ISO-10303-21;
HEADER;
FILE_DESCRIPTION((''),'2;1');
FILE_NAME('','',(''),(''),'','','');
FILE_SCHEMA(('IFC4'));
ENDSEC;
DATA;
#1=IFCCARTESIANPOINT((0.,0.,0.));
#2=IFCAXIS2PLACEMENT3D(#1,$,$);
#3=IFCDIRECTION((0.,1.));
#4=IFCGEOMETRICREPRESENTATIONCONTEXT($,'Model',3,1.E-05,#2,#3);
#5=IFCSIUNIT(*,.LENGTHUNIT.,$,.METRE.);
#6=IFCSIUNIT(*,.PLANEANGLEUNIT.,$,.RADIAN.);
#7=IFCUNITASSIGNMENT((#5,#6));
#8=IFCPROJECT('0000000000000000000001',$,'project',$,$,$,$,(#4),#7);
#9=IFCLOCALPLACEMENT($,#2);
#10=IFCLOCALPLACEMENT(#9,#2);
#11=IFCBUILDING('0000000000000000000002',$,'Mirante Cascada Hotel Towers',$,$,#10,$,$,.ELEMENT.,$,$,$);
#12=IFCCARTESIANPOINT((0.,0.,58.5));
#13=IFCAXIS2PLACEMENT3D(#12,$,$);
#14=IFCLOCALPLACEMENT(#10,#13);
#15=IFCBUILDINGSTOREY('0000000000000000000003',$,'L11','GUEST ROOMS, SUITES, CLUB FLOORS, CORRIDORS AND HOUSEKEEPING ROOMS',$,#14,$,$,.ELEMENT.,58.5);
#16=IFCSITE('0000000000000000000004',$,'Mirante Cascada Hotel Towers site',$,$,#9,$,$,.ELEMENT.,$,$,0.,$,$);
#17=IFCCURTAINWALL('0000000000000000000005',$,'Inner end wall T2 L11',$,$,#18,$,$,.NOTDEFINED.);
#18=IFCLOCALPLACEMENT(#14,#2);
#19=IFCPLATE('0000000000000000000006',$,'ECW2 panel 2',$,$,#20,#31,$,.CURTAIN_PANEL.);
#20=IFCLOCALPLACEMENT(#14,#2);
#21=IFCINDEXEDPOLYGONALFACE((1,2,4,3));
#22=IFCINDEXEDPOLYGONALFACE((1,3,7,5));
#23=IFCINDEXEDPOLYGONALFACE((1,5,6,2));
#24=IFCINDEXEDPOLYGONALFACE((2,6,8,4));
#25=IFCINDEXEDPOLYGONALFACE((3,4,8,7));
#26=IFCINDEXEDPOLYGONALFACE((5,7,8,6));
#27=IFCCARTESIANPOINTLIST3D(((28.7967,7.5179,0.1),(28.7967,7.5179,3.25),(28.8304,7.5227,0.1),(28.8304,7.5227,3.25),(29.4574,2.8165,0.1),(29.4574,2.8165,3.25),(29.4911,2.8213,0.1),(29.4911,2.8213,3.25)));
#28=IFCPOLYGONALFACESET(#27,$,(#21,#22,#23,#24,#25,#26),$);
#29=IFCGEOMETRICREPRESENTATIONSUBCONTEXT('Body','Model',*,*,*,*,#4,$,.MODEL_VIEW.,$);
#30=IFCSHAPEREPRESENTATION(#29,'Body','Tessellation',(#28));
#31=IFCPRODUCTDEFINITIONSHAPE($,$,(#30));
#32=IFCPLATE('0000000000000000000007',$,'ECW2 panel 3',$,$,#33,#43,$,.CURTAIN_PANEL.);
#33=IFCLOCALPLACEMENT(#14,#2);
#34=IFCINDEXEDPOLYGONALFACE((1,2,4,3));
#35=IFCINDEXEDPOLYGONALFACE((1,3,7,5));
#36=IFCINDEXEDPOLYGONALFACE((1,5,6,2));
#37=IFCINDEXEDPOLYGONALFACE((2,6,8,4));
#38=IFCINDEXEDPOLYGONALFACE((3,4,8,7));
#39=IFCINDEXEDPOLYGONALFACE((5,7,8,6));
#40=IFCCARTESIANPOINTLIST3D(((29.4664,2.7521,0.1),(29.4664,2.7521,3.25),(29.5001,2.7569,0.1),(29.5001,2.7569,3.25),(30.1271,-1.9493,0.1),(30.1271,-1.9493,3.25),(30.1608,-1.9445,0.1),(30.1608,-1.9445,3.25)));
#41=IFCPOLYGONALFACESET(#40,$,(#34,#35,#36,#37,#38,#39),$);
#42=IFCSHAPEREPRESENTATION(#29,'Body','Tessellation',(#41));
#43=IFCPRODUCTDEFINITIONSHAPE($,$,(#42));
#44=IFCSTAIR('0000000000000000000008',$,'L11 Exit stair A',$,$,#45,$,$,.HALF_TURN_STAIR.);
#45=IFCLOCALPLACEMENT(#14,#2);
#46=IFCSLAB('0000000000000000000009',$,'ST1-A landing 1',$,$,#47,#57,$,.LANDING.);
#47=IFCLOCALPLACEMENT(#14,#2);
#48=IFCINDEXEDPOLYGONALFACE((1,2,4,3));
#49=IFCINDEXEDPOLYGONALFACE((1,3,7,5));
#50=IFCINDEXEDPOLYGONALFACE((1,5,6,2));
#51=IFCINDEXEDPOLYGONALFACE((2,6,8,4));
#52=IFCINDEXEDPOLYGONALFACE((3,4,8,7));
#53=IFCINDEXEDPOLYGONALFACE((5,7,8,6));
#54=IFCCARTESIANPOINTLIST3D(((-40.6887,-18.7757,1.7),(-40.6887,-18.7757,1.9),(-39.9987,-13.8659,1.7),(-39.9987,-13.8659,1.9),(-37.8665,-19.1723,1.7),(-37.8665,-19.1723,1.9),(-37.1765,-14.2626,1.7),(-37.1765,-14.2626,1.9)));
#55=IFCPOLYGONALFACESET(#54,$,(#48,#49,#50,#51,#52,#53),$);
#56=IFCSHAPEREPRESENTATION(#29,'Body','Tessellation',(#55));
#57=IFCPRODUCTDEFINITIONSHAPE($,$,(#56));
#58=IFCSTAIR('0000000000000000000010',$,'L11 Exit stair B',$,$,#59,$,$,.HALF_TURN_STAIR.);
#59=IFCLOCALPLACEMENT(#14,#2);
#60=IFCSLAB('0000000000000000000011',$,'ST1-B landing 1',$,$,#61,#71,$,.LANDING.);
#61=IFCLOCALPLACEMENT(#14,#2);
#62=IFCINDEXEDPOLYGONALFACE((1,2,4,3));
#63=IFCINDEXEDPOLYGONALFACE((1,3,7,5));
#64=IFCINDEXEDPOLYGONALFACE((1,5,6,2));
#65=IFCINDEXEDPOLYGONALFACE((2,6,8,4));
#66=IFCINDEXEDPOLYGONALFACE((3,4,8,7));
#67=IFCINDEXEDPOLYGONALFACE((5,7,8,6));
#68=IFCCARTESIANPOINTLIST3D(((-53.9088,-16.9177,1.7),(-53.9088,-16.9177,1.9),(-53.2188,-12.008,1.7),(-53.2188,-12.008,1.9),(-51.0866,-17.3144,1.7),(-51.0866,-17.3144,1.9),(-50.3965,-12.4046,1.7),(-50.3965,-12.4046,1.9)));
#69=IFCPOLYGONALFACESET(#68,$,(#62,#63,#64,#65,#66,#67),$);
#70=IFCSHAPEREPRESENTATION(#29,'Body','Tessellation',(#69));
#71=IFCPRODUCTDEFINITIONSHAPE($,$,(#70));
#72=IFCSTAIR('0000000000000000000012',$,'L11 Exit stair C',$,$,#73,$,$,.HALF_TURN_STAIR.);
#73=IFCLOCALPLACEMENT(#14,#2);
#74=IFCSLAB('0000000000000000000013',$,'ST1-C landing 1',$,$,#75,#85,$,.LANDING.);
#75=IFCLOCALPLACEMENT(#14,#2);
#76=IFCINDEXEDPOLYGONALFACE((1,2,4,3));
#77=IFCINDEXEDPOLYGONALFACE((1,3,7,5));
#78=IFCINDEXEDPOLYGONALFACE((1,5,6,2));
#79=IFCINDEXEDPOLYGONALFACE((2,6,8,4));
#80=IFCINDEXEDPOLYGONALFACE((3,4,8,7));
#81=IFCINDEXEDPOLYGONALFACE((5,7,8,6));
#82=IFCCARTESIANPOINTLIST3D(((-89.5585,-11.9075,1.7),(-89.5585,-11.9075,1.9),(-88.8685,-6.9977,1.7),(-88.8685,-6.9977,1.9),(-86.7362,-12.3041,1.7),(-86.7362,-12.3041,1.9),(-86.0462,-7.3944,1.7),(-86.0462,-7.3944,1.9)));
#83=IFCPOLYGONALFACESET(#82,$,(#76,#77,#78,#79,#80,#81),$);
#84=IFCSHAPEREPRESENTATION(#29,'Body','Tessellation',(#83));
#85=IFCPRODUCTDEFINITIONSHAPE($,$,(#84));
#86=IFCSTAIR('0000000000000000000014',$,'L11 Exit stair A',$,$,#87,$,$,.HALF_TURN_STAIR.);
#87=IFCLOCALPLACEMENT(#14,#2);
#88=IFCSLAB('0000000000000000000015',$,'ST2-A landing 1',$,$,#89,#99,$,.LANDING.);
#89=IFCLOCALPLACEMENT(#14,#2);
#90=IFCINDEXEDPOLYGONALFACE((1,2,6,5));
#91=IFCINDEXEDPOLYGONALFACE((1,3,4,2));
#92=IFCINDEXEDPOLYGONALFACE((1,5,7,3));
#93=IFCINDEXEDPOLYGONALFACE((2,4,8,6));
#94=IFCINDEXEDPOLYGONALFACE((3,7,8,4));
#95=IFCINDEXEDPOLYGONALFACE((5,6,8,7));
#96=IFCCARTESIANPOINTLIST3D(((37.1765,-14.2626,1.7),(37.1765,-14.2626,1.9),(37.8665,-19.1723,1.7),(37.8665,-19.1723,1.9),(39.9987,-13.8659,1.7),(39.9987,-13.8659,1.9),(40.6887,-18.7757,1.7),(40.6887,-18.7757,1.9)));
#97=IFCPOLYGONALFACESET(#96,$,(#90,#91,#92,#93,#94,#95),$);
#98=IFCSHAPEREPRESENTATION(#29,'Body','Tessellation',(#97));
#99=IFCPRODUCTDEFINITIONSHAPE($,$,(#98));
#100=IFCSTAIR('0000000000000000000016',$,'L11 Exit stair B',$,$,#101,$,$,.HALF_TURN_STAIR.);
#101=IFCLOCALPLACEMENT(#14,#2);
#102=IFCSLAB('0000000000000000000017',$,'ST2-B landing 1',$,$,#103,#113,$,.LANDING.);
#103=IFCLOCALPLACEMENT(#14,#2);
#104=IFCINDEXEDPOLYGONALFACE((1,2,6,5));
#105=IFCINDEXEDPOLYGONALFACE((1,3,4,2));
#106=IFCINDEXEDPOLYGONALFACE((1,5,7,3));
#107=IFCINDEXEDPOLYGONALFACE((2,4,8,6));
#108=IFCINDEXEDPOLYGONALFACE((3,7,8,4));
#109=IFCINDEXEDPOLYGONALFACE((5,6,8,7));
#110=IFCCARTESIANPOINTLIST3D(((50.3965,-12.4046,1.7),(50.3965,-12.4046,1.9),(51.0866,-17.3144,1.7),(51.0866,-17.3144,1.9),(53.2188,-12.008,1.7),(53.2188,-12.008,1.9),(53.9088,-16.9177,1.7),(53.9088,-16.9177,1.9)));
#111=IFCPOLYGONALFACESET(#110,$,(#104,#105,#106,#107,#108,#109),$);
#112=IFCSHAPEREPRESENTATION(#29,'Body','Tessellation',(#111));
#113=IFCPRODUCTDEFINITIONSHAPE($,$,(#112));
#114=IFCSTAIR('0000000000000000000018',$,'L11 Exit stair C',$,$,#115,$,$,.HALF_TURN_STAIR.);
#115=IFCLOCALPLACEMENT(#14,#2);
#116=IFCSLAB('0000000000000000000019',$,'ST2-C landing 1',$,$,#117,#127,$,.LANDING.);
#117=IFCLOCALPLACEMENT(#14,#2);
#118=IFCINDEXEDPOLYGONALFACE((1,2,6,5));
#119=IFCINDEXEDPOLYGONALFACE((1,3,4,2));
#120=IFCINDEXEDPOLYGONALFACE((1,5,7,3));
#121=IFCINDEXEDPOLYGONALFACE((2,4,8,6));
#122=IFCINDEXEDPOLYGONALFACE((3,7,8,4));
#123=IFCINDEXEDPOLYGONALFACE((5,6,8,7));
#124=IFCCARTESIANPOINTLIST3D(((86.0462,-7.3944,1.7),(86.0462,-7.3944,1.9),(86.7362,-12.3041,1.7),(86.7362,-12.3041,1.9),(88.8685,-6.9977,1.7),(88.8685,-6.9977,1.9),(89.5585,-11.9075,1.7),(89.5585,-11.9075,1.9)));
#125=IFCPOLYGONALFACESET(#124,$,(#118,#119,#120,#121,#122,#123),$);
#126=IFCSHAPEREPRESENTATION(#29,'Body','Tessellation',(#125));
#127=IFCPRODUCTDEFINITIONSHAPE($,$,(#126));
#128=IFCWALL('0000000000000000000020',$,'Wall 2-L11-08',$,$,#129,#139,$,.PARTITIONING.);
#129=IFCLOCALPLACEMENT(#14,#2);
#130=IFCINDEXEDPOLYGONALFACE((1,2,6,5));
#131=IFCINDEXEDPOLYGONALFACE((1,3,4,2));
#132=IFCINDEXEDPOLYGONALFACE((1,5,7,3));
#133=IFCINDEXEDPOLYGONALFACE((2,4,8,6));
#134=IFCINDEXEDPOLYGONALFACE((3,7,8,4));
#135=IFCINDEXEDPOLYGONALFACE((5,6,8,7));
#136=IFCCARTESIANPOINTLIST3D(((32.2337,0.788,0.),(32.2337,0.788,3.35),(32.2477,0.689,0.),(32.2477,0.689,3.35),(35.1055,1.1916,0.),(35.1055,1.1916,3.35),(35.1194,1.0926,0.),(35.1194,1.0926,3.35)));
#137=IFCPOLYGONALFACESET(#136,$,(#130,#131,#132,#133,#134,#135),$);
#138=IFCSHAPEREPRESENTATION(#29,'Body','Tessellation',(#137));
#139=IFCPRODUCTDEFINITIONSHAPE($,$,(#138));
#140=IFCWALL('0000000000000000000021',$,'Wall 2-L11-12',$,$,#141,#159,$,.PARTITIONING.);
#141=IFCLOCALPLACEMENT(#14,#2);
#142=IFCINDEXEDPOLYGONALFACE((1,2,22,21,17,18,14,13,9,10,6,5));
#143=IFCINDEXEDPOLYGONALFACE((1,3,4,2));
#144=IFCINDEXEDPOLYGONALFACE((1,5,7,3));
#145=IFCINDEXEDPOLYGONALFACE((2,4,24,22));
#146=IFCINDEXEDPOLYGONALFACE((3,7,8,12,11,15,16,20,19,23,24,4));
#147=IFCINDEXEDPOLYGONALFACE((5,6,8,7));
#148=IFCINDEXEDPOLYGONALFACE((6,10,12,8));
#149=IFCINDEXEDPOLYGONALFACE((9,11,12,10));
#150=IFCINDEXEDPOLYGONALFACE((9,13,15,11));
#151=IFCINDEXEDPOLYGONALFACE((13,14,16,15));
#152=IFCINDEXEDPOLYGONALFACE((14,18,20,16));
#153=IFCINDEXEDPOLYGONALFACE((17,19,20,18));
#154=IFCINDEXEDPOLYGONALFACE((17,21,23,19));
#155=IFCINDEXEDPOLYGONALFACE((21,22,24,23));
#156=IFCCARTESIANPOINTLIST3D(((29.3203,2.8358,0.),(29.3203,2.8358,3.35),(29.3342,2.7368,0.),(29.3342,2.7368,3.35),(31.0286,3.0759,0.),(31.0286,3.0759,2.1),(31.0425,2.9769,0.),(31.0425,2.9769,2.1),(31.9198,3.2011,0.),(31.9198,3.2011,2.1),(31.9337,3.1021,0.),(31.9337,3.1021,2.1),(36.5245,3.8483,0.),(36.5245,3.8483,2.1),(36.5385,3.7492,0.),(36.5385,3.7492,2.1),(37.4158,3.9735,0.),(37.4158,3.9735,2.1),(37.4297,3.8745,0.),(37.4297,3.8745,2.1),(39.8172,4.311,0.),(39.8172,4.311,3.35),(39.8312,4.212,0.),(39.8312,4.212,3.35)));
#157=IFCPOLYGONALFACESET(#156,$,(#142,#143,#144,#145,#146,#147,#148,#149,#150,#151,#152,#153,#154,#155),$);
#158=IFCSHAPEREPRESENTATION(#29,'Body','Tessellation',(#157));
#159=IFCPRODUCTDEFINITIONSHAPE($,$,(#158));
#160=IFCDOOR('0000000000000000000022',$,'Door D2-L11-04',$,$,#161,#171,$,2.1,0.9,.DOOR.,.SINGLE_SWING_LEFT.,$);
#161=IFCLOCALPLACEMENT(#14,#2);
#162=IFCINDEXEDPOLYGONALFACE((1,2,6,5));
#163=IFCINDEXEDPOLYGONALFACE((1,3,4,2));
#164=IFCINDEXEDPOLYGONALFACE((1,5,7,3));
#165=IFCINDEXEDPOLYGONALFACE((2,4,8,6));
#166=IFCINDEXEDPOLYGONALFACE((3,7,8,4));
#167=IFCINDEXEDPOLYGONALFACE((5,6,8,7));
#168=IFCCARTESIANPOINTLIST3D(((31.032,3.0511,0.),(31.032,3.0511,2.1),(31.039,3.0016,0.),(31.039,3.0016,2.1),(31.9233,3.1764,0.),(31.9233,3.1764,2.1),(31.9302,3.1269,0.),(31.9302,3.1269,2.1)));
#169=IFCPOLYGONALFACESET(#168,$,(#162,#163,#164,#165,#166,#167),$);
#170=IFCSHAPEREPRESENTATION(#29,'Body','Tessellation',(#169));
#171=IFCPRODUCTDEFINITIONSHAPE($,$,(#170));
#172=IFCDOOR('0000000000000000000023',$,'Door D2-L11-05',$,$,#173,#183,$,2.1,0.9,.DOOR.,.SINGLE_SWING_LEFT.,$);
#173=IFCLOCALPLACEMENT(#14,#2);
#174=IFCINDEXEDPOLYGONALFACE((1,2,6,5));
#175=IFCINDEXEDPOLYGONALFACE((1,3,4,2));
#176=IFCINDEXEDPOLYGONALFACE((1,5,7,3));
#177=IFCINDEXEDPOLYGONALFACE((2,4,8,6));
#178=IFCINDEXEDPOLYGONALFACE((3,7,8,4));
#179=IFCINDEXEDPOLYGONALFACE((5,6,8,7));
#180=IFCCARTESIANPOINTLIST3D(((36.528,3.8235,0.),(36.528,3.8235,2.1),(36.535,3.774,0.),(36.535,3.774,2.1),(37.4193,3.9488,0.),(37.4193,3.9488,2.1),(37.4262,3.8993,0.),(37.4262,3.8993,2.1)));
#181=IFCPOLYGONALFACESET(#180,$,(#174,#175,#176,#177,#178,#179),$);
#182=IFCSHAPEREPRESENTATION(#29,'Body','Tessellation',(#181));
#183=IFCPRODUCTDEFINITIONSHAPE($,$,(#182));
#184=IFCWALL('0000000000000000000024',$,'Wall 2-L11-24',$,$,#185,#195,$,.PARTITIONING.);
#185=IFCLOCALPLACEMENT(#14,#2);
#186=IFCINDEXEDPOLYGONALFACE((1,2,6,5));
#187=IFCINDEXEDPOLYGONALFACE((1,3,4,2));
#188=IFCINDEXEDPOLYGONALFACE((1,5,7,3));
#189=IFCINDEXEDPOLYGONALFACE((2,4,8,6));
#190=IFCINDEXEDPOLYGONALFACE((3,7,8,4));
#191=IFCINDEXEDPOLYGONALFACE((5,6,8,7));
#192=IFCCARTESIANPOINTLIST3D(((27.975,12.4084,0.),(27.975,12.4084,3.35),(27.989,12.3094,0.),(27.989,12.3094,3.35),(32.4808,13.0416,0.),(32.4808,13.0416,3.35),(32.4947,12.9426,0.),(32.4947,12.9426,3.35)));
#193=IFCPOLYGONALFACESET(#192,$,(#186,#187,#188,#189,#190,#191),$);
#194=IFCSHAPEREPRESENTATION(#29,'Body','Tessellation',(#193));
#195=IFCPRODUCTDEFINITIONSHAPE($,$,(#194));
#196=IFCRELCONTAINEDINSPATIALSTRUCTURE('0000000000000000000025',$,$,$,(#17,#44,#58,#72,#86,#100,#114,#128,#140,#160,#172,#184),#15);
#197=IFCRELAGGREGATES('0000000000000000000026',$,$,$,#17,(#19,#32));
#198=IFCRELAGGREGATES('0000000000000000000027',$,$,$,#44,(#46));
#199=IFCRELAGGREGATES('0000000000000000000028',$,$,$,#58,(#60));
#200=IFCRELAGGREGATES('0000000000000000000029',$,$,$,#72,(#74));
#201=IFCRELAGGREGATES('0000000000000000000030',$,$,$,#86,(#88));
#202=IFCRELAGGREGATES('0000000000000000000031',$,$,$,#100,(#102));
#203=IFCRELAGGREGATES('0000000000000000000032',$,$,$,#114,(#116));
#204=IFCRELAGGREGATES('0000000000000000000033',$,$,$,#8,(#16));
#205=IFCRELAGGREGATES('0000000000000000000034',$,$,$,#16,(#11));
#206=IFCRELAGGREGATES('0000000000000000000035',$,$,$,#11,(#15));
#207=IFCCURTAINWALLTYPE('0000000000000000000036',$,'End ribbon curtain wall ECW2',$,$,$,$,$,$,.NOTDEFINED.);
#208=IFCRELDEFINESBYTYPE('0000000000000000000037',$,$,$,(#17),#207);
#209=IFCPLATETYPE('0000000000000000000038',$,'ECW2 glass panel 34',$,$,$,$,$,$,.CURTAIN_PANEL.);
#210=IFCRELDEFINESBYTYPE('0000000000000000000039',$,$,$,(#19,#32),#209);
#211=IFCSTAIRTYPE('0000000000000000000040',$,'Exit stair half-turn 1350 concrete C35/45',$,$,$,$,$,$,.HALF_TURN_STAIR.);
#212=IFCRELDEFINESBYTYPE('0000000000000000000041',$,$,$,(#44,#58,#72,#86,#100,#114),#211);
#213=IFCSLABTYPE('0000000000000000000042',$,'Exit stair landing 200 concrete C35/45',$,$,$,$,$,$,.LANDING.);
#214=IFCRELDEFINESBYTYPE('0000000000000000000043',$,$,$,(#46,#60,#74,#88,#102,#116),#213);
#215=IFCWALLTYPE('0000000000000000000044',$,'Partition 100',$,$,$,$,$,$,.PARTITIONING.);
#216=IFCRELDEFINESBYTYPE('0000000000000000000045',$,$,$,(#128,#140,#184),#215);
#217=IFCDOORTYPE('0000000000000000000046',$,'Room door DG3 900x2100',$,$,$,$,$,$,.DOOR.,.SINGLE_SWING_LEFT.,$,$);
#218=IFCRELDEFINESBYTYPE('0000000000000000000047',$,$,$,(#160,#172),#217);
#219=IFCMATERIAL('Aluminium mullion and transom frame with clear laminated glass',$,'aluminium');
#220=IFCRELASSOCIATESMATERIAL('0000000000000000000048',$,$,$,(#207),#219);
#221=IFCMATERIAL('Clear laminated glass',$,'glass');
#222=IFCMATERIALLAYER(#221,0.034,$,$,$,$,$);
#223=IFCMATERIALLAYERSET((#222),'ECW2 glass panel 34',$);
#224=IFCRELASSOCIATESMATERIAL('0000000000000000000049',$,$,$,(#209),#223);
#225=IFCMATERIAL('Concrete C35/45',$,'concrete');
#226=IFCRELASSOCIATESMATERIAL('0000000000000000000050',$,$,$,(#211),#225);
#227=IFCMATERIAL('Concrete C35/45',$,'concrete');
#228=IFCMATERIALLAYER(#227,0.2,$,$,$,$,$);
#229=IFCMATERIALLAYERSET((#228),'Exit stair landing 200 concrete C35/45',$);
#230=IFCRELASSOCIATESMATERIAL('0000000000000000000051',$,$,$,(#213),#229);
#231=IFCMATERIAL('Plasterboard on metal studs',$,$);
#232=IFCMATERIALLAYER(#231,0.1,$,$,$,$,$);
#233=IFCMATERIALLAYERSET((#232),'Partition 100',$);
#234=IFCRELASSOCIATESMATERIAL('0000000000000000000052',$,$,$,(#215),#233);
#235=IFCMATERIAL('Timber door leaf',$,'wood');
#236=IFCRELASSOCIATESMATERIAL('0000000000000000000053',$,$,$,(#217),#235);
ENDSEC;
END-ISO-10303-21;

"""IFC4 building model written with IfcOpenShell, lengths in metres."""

from ifc_helpers import new_model, si_unit, direction, frame, frame_2d, origin, origin_2d, place, context, subcontext, project, spatial, polyline, rectangle, outline, extrude, material, layer, layer_set, type_object, element, fill, aggregate, save


model = new_model("IFC4")

# Units and contexts
model_context = context("Model", 3, precision=1e-05, world=origin(), true_north=direction((0.0, 1.0)))
body_context = subcontext(model_context, "Body", "Model", "MODEL_VIEW")
ifc_project = project(units=[si_unit("LENGTHUNIT", "METRE"), si_unit("PLANEANGLEUNIT", "RADIAN")], contexts=[model_context])

# Site, building, storey
site_placement = place(None, origin())
site = spatial("IfcSite", under=ifc_project, at=site_placement, Name="Mirante Cascada Hotel Towers site", CompositionType="ELEMENT", RefElevation=0.0)
building_placement = place(site_placement, origin())
building = spatial("IfcBuilding", under=site, at=building_placement, Name="Mirante Cascada Hotel Towers", CompositionType="ELEMENT")
storey_placement = place(building_placement, frame((0.0, 0.0, 58.5)))
storey = spatial("IfcBuildingStorey", under=building, at=storey_placement, Name="L11", Description="GUEST ROOMS, SUITES, CLUB FLOORS, CORRIDORS AND HOUSEKEEPING ROOMS", CompositionType="ELEMENT", Elevation=58.5)

# Curtain wall
ifc_material_1 = material(Name="Aluminium mullion and transom frame with clear laminated glass", Category="aluminium")
curtain_wall_type_1 = type_object("IfcCurtainWallType", Name="End ribbon curtain wall ECW2", PredefinedType="NOTDEFINED", material=ifc_material_1)
curtain_wall_1_placement = place(storey_placement, origin())
curtain_wall_1 = element("IfcCurtainWall", 1, at=curtain_wall_1_placement, inside=storey, type_object=curtain_wall_type_1, Name="Inner end wall T2 L11", PredefinedType="NOTDEFINED")

# Plates
ifc_material_2 = material(Name="Clear laminated glass", Category="glass")
ifc_layer_1 = layer(ifc_material_2, 0.034)
ifc_layer_set_1 = layer_set([ifc_layer_1], Name="ECW2 glass panel 34")
plate_type_1 = type_object("IfcPlateType", Name="ECW2 glass panel 34", PredefinedType="CURTAIN_PANEL", material=ifc_layer_set_1)
plate_1_placement = place(storey_placement, frame((29.1439, 5.1696, 0.1), z_axis=(0.0, 0.0, 1.0), x_axis=(0.139173, -0.990268, 0.0)))
plate_1 = element("IfcPlate", 2, at=plate_1_placement, type_object=plate_type_1, Name="ECW2 panel 2", PredefinedType="CURTAIN_PANEL", context=body_context, shape_type="SweptSolid", body=[
    extrude(rectangle(XDim=4.7476, YDim=0.034, at=origin_2d()), origin(), (0.0, 0.0, 1.0), 3.15),
])
plate_2_placement = place(storey_placement, frame((29.8136, 0.4038, 0.1), z_axis=(0.0, 0.0, 1.0), x_axis=(0.139173, -0.990268, 0.0)))
plate_2 = element("IfcPlate", 3, at=plate_2_placement, type_object=plate_type_1, Name="ECW2 panel 3", PredefinedType="CURTAIN_PANEL", context=body_context, shape_type="SweptSolid", body=[
    extrude(rectangle(XDim=4.7476, YDim=0.034, at=origin_2d()), origin(), (0.0, 0.0, 1.0), 3.15),
])
aggregate(curtain_wall_1, [plate_1, plate_2])

# Stairs, slabs
ifc_material_3 = material(Name="Concrete C35/45", Category="concrete")
stair_type = type_object("IfcStairType", Name="Exit stair half-turn 1350 concrete C35/45", PredefinedType="HALF_TURN_STAIR", material=ifc_material_3)
stair_1_placement = place(storey_placement, origin())
stair_1 = element("IfcStair", 4, at=stair_1_placement, inside=storey, type_object=stair_type, Name="L11 Exit stair A", PredefinedType="HALF_TURN_STAIR")
ifc_material_4 = material(Name="Concrete C35/45", Category="concrete")
ifc_layer_2 = layer(ifc_material_4, 0.2)
ifc_layer_set_2 = layer_set([ifc_layer_2], Name="Exit stair landing 200 concrete C35/45")
slab_type = type_object("IfcSlabType", Name="Exit stair landing 200 concrete C35/45", PredefinedType="LANDING", material=ifc_layer_set_2)
slab_1_placement = place(storey_placement, frame((0.0, 0.0, 1.7)))
slab_1 = element("IfcSlab", 5, at=slab_1_placement, type_object=slab_type, Name="ST1-A landing 1", PredefinedType="LANDING", context=body_context, shape_type="SweptSolid", body=[
    extrude(outline(polyline([(-39.9987, -13.8659), (-40.6887, -18.7757), (-37.8665, -19.1723), (-37.1765, -14.2626), (-39.9987, -13.8659)])), origin(), (0.0, 0.0, 1.0), 0.2),
])
aggregate(stair_1, [slab_1])
stair_2_placement = place(storey_placement, origin())
stair_2 = element("IfcStair", 6, at=stair_2_placement, inside=storey, type_object=stair_type, Name="L11 Exit stair B", PredefinedType="HALF_TURN_STAIR")
slab_2_placement = place(storey_placement, frame((0.0, 0.0, 1.7)))
slab_2 = element("IfcSlab", 7, at=slab_2_placement, type_object=slab_type, Name="ST1-B landing 1", PredefinedType="LANDING", context=body_context, shape_type="SweptSolid", body=[
    extrude(outline(polyline([(-53.2188, -12.008), (-53.9088, -16.9177), (-51.0866, -17.3144), (-50.3965, -12.4046), (-53.2188, -12.008)])), origin(), (0.0, 0.0, 1.0), 0.2),
])
aggregate(stair_2, [slab_2])
stair_3_placement = place(storey_placement, origin())
stair_3 = element("IfcStair", 8, at=stair_3_placement, inside=storey, type_object=stair_type, Name="L11 Exit stair C", PredefinedType="HALF_TURN_STAIR")
slab_3_placement = place(storey_placement, frame((0.0, 0.0, 1.7)))
slab_3 = element("IfcSlab", 9, at=slab_3_placement, type_object=slab_type, Name="ST1-C landing 1", PredefinedType="LANDING", context=body_context, shape_type="SweptSolid", body=[
    extrude(outline(polyline([(-88.8685, -6.9977), (-89.5585, -11.9075), (-86.7362, -12.3041), (-86.0462, -7.3944), (-88.8685, -6.9977)])), origin(), (0.0, 0.0, 1.0), 0.2),
])
aggregate(stair_3, [slab_3])
stair_4_placement = place(storey_placement, origin())
stair_4 = element("IfcStair", 10, at=stair_4_placement, inside=storey, type_object=stair_type, Name="L11 Exit stair A", PredefinedType="HALF_TURN_STAIR")
slab_4_placement = place(storey_placement, frame((0.0, 0.0, 1.7)))
slab_4 = element("IfcSlab", 11, at=slab_4_placement, type_object=slab_type, Name="ST2-A landing 1", PredefinedType="LANDING", context=body_context, shape_type="SweptSolid", body=[
    extrude(outline(polyline([(37.1765, -14.2626), (37.8665, -19.1723), (40.6887, -18.7757), (39.9987, -13.8659), (37.1765, -14.2626)])), origin(), (0.0, 0.0, 1.0), 0.2),
])
aggregate(stair_4, [slab_4])
stair_5_placement = place(storey_placement, origin())
stair_5 = element("IfcStair", 12, at=stair_5_placement, inside=storey, type_object=stair_type, Name="L11 Exit stair B", PredefinedType="HALF_TURN_STAIR")
slab_5_placement = place(storey_placement, frame((0.0, 0.0, 1.7)))
slab_5 = element("IfcSlab", 13, at=slab_5_placement, type_object=slab_type, Name="ST2-B landing 1", PredefinedType="LANDING", context=body_context, shape_type="SweptSolid", body=[
    extrude(outline(polyline([(50.3965, -12.4046), (51.0866, -17.3144), (53.9088, -16.9177), (53.2188, -12.008), (50.3965, -12.4046)])), origin(), (0.0, 0.0, 1.0), 0.2),
])
aggregate(stair_5, [slab_5])
stair_6_placement = place(storey_placement, origin())
stair_6 = element("IfcStair", 14, at=stair_6_placement, inside=storey, type_object=stair_type, Name="L11 Exit stair C", PredefinedType="HALF_TURN_STAIR")
slab_6_placement = place(storey_placement, frame((0.0, 0.0, 1.7)))
slab_6 = element("IfcSlab", 15, at=slab_6_placement, type_object=slab_type, Name="ST2-C landing 1", PredefinedType="LANDING", context=body_context, shape_type="SweptSolid", body=[
    extrude(outline(polyline([(86.0462, -7.3944), (86.7362, -12.3041), (89.5585, -11.9075), (88.8685, -6.9977), (86.0462, -7.3944)])), origin(), (0.0, 0.0, 1.0), 0.2),
])
aggregate(stair_6, [slab_6])

# Wall
ifc_material_5 = material(Name="Plasterboard on metal studs")
ifc_layer_3 = layer(ifc_material_5, 0.1)
ifc_layer_set_3 = layer_set([ifc_layer_3], Name="Partition 100")
wall_type_1 = type_object("IfcWallType", Name="Partition 100", PredefinedType="PARTITIONING", material=ifc_layer_set_3)
wall_1_placement = place(storey_placement, frame((32.2407, 0.7385, 0.0), z_axis=(0.0, 0.0, 1.0), x_axis=(0.990268, 0.139171, 0.0)))
element("IfcWall", 16, at=wall_1_placement, inside=storey, type_object=wall_type_1, Name="Wall 2-L11-08", PredefinedType="PARTITIONING", context=body_context, shape_type="SweptSolid", body=[
    extrude(rectangle(XDim=2.9, YDim=0.1, at=frame_2d((1.45, 0.0))), origin(), (0.0, 0.0, 1.0), 3.35),
])

# Wall, openings, doors
wall_2_placement = place(storey_placement, frame((29.3273, 2.7863, 0.0), z_axis=(0.0, 0.0, 1.0), x_axis=(0.990269, 0.139169, 0.0)))
wall_2 = element("IfcWall", 17, at=wall_2_placement, inside=storey, type_object=wall_type_1, Name="Wall 2-L11-12", PredefinedType="PARTITIONING", context=body_context, shape_type="SweptSolid", body=[
    extrude(rectangle(XDim=10.6001, YDim=0.1, at=frame_2d((5.3, 0.0))), origin(), (0.0, 0.0, 1.0), 3.35),
])
opening_1_placement = place(wall_2_placement, frame((1.725, 0.0, 0.0)))
opening_1 = element("IfcOpeningElement", 18, at=opening_1_placement, cuts=wall_2, PredefinedType="OPENING", context=body_context, shape_type="SweptSolid", body=[
    extrude(rectangle(XDim=0.9, YDim=2.1, at=frame_2d((0.45, 1.05))), frame((0.0, 0.05, 0.0), z_axis=(0.0, -1.0, 0.0), x_axis=(1.0, 0.0, 0.0)), (0.0, 0.0, 1.0), 0.1),
])
opening_2_placement = place(wall_2_placement, frame((7.275, 0.0, 0.0)))
opening_2 = element("IfcOpeningElement", 19, at=opening_2_placement, cuts=wall_2, PredefinedType="OPENING", context=body_context, shape_type="SweptSolid", body=[
    extrude(rectangle(XDim=0.9, YDim=2.1, at=frame_2d((0.45, 1.05))), frame((0.0, 0.05, 0.0), z_axis=(0.0, -1.0, 0.0), x_axis=(1.0, 0.0, 0.0)), (0.0, 0.0, 1.0), 0.1),
])
ifc_material_6 = material(Name="Timber door leaf", Category="wood")
door_type = type_object("IfcDoorType", Name="Room door DG3 900x2100", OperationType="SINGLE_SWING_LEFT", PredefinedType="DOOR", material=ifc_material_6)
door_1_placement = place(opening_1_placement, origin())
door_1 = element("IfcDoor", 20, at=door_1_placement, inside=storey, type_object=door_type, Name="Door D2-L11-04", OperationType="SINGLE_SWING_LEFT", OverallHeight=2.1, OverallWidth=0.9, PredefinedType="DOOR", context=body_context, shape_type="SweptSolid", body=[
    extrude(rectangle(XDim=0.9, YDim=2.1, at=frame_2d((0.45, 1.05))), frame((0.0, 0.025, 0.0), z_axis=(0.0, -1.0, 0.0), x_axis=(1.0, 0.0, 0.0)), (0.0, 0.0, 1.0), 0.05),
])
fill(opening_1, door_1)
door_2_placement = place(opening_2_placement, origin())
door_2 = element("IfcDoor", 21, at=door_2_placement, inside=storey, type_object=door_type, Name="Door D2-L11-05", OperationType="SINGLE_SWING_LEFT", OverallHeight=2.1, OverallWidth=0.9, PredefinedType="DOOR", context=body_context, shape_type="SweptSolid", body=[
    extrude(rectangle(XDim=0.9, YDim=2.1, at=frame_2d((0.45, 1.05))), frame((0.0, 0.025, 0.0), z_axis=(0.0, -1.0, 0.0), x_axis=(1.0, 0.0, 0.0)), (0.0, 0.0, 1.0), 0.05),
])
fill(opening_2, door_2)

# Wall
wall_3_placement = place(storey_placement, frame((27.982, 12.3589, 0.0), z_axis=(0.0, 0.0, 1.0), x_axis=(0.990269, 0.139166, 0.0)))
element("IfcWall", 22, at=wall_3_placement, inside=storey, type_object=wall_type_1, Name="Wall 2-L11-24", PredefinedType="PARTITIONING", context=body_context, shape_type="SweptSolid", body=[
    extrude(rectangle(XDim=4.55, YDim=0.1, at=frame_2d((2.275, 0.0))), origin(), (0.0, 0.0, 1.0), 3.35),
])

save(model, "model.ifc")
